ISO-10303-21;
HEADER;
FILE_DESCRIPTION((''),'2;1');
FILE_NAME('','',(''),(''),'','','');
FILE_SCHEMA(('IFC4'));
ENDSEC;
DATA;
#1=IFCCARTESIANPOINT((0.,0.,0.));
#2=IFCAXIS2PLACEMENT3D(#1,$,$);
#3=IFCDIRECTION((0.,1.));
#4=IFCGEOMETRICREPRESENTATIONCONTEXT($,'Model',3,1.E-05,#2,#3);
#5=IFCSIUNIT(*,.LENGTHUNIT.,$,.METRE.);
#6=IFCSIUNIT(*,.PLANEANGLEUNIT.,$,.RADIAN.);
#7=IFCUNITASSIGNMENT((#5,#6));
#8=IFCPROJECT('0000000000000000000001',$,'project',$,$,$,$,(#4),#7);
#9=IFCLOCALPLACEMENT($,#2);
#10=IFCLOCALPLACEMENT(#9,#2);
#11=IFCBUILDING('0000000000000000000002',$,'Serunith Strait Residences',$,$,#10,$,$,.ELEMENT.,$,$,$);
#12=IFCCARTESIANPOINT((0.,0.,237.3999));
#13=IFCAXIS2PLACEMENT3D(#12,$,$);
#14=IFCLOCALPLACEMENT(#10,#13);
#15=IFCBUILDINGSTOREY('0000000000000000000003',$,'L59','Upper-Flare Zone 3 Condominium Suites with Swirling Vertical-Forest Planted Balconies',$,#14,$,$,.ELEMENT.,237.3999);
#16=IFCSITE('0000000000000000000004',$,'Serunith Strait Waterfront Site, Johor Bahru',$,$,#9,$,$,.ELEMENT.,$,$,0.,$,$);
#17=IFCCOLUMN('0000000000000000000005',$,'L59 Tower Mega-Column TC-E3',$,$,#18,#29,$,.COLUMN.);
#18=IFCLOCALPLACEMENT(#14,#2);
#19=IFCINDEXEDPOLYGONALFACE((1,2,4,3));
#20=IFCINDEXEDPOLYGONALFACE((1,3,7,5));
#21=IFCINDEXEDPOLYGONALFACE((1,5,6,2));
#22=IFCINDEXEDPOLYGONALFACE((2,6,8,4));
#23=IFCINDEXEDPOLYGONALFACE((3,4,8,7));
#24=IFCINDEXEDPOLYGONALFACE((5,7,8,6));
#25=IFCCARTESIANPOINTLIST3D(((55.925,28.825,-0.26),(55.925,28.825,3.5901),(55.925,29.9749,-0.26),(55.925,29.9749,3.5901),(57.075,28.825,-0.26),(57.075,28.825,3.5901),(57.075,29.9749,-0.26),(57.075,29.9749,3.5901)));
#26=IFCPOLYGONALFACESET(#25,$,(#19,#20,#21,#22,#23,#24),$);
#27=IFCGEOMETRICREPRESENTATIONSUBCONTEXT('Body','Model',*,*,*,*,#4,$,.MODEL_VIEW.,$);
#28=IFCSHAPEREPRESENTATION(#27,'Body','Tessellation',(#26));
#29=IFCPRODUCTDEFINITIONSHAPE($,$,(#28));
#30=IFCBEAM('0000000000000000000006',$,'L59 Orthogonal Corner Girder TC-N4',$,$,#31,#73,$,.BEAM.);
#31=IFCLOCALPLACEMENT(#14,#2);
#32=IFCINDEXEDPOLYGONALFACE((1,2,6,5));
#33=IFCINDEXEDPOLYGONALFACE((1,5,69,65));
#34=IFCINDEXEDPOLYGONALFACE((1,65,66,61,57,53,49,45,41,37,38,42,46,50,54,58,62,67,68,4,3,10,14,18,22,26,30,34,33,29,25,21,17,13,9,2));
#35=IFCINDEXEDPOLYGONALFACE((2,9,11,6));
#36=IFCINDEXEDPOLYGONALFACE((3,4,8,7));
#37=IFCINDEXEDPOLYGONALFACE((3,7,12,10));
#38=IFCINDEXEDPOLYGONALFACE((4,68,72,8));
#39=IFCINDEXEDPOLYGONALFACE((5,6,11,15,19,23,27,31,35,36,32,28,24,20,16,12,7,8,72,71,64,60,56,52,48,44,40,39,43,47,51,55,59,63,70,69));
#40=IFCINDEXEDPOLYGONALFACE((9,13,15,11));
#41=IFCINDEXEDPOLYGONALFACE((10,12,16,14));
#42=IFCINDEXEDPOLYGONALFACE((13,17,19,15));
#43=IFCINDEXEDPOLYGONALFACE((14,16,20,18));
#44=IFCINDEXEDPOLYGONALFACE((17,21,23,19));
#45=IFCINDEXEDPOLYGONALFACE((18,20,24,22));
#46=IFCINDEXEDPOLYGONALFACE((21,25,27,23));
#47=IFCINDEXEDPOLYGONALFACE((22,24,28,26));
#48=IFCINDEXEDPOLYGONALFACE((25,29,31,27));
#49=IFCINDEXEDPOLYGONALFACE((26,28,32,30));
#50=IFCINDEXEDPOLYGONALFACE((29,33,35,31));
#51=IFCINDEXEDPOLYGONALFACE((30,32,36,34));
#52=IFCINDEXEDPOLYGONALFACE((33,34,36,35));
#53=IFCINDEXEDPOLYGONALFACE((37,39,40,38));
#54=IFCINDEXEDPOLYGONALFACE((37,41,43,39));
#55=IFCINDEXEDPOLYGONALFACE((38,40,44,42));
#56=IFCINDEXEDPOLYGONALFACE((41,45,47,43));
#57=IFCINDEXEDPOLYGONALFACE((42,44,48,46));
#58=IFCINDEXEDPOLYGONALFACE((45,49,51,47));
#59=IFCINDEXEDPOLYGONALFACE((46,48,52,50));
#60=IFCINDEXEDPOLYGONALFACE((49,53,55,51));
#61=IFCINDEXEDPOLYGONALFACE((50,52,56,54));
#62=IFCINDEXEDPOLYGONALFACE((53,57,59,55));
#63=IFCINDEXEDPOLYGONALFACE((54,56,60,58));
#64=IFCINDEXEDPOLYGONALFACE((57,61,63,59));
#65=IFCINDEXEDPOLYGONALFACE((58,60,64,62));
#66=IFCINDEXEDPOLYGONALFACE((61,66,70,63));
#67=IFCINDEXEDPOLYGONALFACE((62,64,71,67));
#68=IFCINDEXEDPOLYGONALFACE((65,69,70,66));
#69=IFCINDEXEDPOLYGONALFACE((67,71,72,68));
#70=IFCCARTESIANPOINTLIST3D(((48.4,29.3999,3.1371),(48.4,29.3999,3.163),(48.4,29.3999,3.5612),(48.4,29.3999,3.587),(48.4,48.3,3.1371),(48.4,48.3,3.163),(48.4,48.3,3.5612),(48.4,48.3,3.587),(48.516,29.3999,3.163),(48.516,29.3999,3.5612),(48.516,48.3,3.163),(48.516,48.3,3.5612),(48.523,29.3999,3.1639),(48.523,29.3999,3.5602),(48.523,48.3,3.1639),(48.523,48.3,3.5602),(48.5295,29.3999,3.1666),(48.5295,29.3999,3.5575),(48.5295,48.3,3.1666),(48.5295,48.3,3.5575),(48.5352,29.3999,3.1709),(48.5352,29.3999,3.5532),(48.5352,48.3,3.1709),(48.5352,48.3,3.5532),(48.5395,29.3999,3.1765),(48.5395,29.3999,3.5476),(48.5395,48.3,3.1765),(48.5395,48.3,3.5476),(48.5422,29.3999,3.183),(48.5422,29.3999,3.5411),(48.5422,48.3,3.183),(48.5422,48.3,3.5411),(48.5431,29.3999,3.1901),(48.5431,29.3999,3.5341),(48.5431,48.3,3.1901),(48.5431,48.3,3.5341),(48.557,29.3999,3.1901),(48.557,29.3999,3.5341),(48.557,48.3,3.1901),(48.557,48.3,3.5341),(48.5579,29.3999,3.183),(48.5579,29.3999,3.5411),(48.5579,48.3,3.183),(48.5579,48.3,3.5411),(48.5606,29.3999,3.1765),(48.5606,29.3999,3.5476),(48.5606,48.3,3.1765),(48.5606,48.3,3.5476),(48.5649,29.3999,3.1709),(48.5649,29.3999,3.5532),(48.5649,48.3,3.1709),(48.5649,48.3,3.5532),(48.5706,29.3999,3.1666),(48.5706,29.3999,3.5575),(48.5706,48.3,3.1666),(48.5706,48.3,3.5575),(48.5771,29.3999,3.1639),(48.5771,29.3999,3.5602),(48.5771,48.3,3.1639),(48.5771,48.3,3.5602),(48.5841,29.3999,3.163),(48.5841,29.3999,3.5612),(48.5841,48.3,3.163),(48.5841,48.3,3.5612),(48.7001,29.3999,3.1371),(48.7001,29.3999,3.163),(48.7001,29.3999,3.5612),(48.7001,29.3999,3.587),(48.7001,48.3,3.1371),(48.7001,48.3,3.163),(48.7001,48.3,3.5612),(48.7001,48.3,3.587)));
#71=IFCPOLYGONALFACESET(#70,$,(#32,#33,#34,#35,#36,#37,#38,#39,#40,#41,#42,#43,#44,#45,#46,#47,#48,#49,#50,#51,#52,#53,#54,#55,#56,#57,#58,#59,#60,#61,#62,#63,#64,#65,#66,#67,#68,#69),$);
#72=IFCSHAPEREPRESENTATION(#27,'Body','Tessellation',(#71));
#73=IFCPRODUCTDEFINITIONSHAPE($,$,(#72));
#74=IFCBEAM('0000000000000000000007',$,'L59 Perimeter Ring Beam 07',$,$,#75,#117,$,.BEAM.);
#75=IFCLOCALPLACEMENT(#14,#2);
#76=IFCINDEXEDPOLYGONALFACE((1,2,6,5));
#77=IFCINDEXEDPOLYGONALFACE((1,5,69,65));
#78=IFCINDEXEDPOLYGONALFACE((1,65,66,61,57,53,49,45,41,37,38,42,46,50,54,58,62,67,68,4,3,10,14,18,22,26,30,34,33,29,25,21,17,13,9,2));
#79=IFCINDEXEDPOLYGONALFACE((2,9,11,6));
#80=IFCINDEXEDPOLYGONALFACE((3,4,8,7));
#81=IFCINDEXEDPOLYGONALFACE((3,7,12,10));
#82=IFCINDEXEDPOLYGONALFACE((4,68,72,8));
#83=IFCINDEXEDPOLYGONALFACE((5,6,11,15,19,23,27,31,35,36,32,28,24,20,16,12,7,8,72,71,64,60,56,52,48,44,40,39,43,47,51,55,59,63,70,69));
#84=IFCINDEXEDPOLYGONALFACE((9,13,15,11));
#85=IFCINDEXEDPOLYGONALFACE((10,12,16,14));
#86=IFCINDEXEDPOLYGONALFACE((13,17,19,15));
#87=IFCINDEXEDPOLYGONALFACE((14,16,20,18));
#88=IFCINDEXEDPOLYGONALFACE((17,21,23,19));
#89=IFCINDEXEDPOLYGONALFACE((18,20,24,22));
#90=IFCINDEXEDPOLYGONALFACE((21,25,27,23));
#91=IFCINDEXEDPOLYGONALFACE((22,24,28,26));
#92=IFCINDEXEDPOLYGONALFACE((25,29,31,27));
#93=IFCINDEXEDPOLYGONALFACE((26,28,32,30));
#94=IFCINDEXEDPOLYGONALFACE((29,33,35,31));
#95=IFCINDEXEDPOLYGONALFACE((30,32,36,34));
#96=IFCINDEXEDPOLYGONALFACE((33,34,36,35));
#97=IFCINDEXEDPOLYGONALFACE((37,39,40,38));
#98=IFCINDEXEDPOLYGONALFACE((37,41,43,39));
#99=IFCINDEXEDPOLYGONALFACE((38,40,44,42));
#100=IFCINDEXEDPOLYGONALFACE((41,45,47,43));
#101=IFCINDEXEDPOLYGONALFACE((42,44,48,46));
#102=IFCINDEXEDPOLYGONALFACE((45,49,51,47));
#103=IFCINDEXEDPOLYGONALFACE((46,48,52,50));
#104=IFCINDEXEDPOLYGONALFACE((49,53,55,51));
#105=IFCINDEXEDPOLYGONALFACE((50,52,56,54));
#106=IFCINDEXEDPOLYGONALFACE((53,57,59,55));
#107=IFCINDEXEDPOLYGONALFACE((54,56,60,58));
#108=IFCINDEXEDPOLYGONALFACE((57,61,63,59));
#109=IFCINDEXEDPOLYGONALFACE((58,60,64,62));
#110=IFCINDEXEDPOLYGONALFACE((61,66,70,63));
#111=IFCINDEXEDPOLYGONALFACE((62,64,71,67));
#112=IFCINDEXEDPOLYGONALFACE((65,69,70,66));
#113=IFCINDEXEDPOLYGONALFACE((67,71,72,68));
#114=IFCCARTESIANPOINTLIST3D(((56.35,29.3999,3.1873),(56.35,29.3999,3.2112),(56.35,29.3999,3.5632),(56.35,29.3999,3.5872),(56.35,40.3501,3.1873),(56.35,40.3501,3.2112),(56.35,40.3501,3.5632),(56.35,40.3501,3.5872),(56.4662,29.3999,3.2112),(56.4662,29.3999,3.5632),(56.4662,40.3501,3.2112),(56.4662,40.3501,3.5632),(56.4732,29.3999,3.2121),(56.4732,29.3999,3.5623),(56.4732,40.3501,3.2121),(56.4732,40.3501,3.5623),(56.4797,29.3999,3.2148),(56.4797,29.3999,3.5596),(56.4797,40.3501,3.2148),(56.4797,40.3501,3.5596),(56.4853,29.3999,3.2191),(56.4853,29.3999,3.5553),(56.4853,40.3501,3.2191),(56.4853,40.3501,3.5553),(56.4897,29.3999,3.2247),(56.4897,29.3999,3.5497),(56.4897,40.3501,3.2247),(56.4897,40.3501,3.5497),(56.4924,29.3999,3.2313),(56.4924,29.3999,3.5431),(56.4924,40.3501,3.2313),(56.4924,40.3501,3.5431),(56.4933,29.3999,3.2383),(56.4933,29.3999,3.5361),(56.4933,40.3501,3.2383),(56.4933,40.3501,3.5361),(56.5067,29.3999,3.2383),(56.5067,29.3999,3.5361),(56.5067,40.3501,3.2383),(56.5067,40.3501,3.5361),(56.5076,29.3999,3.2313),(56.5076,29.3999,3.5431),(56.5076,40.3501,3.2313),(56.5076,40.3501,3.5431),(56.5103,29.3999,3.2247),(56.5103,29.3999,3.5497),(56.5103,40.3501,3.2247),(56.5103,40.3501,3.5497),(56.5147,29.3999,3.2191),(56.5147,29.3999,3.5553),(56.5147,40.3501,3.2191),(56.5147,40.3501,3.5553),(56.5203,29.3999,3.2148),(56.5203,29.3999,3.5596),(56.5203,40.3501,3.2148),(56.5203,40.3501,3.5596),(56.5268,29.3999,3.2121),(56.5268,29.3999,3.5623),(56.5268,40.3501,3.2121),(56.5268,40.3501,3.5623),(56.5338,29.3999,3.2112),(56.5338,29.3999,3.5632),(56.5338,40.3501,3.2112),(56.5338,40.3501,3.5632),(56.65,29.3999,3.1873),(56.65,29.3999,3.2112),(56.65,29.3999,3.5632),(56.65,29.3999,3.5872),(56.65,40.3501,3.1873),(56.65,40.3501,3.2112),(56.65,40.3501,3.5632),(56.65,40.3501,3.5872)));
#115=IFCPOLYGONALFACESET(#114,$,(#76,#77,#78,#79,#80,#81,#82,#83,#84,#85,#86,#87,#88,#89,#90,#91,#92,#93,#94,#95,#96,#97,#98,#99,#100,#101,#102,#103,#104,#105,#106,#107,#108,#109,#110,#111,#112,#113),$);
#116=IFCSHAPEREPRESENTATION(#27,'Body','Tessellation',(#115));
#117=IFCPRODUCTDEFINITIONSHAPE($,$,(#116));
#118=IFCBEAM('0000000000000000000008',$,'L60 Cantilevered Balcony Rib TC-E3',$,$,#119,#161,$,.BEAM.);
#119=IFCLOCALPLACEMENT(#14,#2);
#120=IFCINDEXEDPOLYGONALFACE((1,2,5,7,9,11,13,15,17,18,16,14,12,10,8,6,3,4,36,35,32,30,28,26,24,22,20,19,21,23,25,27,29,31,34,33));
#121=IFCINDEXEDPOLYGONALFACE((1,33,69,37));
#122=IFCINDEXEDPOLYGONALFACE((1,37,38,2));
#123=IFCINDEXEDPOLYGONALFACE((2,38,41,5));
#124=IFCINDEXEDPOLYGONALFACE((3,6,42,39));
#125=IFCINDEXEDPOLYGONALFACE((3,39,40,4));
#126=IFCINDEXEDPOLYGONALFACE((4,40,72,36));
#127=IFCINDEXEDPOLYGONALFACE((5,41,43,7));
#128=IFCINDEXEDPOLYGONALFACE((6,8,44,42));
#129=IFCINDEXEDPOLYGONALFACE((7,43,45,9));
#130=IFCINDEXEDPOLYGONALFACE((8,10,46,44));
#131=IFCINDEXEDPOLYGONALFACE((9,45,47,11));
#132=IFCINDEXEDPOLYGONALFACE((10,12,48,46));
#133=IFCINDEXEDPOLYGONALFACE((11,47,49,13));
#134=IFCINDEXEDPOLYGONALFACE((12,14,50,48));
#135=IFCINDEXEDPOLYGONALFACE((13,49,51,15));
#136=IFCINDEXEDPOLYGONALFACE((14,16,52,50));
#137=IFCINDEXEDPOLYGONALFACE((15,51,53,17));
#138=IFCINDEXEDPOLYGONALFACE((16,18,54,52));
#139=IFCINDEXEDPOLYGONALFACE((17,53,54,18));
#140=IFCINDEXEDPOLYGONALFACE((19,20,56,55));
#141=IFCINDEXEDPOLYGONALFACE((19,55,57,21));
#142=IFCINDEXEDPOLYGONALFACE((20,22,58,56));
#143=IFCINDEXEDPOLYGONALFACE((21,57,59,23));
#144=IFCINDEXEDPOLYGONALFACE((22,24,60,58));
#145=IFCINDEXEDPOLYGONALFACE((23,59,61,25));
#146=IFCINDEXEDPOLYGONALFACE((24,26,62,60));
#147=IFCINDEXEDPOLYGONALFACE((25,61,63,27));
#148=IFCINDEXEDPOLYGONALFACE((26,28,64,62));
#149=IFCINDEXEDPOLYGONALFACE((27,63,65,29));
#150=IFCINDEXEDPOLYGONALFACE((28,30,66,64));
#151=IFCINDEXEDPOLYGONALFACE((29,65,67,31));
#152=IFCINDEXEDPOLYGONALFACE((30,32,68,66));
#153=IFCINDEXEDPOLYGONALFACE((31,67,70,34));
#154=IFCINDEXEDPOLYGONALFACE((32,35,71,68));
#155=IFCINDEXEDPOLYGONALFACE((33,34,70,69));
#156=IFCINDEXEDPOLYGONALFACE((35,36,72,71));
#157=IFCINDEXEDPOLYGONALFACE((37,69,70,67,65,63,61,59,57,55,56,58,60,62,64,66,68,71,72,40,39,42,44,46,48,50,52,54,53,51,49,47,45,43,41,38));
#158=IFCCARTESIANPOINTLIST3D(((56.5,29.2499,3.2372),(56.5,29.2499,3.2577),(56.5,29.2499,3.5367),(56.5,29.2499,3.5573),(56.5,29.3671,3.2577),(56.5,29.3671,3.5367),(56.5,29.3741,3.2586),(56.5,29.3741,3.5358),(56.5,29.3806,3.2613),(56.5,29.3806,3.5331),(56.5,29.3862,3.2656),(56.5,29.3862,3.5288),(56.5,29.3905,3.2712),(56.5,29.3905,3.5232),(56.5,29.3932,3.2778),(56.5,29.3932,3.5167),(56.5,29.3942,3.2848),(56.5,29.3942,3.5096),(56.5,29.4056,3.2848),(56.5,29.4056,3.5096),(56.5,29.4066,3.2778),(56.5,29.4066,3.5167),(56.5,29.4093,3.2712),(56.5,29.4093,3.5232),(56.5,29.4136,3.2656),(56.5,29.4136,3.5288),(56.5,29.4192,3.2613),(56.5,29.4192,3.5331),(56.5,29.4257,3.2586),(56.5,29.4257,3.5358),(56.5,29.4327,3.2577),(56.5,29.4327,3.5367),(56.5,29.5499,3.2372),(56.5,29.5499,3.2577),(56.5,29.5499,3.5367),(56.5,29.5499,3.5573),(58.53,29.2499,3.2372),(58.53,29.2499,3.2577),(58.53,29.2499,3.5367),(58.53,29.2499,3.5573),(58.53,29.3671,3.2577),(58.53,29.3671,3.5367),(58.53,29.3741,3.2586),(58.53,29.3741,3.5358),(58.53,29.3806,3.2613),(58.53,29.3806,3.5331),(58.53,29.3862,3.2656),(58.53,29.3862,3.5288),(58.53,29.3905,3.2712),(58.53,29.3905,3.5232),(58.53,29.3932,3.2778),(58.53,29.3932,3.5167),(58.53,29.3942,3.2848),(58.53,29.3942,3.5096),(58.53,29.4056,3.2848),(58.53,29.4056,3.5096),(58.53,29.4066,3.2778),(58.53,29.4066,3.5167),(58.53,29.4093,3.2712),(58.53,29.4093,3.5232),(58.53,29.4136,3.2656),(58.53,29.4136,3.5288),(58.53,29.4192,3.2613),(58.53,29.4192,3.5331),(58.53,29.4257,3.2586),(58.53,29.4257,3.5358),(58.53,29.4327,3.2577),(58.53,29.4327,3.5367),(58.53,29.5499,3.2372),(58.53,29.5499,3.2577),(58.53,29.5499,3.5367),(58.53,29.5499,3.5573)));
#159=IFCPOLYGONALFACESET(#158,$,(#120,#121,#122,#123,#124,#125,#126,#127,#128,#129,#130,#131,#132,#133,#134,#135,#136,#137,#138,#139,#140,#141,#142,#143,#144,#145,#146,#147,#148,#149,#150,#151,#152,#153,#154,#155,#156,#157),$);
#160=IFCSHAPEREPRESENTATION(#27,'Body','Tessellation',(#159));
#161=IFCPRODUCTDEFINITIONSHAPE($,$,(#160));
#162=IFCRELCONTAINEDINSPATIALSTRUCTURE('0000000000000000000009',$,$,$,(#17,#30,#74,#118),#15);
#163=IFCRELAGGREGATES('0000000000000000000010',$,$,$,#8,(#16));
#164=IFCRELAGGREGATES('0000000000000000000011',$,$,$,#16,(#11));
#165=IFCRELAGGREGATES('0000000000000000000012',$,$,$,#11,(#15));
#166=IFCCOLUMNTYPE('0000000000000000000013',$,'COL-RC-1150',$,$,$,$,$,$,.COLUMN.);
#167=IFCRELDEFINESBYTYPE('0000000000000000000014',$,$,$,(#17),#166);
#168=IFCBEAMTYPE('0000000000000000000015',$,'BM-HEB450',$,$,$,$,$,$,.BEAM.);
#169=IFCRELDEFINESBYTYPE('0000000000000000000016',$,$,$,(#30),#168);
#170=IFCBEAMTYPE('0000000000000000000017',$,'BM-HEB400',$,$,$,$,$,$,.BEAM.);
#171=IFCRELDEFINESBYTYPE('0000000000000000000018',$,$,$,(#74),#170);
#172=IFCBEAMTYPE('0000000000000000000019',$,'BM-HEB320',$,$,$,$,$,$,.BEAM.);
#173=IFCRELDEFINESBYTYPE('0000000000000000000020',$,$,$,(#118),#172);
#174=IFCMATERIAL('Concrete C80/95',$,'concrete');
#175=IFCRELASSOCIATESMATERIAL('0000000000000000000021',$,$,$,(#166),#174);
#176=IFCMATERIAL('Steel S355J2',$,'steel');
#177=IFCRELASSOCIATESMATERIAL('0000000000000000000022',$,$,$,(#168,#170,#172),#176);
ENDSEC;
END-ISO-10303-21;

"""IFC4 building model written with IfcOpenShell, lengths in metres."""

from ifc_helpers import new_model, si_unit, direction, frame, origin, origin_2d, place, context, subcontext, project, spatial, rectangle, i_section, extrude, source, transform, mapped, material, material_profile, profile_set, type_object, element, save


model = new_model("IFC4")

# Units and contexts
model_context = context("Model", 3, precision=1e-05, world=origin(), true_north=direction((0.0, 1.0)))
body_context = subcontext(model_context, "Body", "Model", "MODEL_VIEW")
ifc_project = project(units=[si_unit("LENGTHUNIT", "METRE"), si_unit("PLANEANGLEUNIT", "RADIAN")], contexts=[model_context])

# Site, building, storey
site_placement = place(None, origin())
site = spatial("IfcSite", under=ifc_project, at=site_placement, Name="Serunith Strait Waterfront Site, Johor Bahru", CompositionType="ELEMENT", RefElevation=0.0)
building_placement = place(site_placement, origin())
building = spatial("IfcBuilding", under=site, at=building_placement, Name="Serunith Strait Residences", CompositionType="ELEMENT")
storey_placement = place(building_placement, frame((0.0, 0.0, 237.3999)))
storey = spatial("IfcBuildingStorey", under=building, at=storey_placement, Name="L59", Description="Upper-Flare Zone 3 Condominium Suites with Swirling Vertical-Forest Planted Balconies", CompositionType="ELEMENT", Elevation=237.3999)

# Column
ifc_material_1 = material(Name="Concrete C80/95", Category="concrete")
ifc_material_profile_1 = material_profile(ifc_material_1, rectangle(XDim=1.1499, YDim=1.1499, at=origin_2d()), Name="RC 1150x1150")
ifc_profile_set_1 = profile_set([ifc_material_profile_1], Name="Concrete C80/95")
column_type = type_object("IfcColumnType", Name="COL-RC-1150", PredefinedType="COLUMN", material=ifc_profile_set_1)
shared_shape_1 = source(origin(), body_context, "Body", "SweptSolid", [
    extrude(rectangle(XDim=1.1499, YDim=1.1499, at=origin_2d()), origin(), (0.0, 0.0, 1.0), 3.8501),
])
column_placement = place(storey_placement, frame((56.5, 29.3999, -0.26), z_axis=(0.0, 0.0, 1.0), x_axis=(1.0, 0.0, 0.0)))
element("IfcColumn", 1, at=column_placement, inside=storey, type_object=column_type, Name="L59 Tower Mega-Column TC-E3", PredefinedType="COLUMN", context=body_context, shape_type="MappedRepresentation", body=[
    mapped(shared_shape_1, transform((0.0, 0.0, 0.0), scale=1.0)),
])

# Beams
ifc_material_2 = material(Name="Steel S355J2", Category="steel")
ifc_material_profile_2 = material_profile(ifc_material_2, i_section(OverallWidth=0.3, OverallDepth=0.45, WebThickness=0.0139, FlangeThickness=0.0259, FilletRadius=0.0271, at=origin_2d()), Name="HEB 450")
ifc_profile_set_2 = profile_set([ifc_material_profile_2], Name="Steel S355J2")
beam_type_1 = type_object("IfcBeamType", Name="BM-HEB450", PredefinedType="BEAM", material=ifc_profile_set_2)
shared_shape_2 = source(origin(), body_context, "Body", "SweptSolid", [
    extrude(i_section(OverallWidth=0.3, OverallDepth=0.45, WebThickness=0.0139, FlangeThickness=0.0259, FilletRadius=0.0271, at=origin_2d()), origin(), (0.0, 0.0, 1.0), 18.9001),
])
beam_1_placement = place(storey_placement, frame((48.55, 29.3999, 3.3621), z_axis=(0.0, 1.0, 0.0), x_axis=(-1.0, 0.0, 0.0)))
element("IfcBeam", 2, at=beam_1_placement, inside=storey, type_object=beam_type_1, Name="L59 Orthogonal Corner Girder TC-N4", PredefinedType="BEAM", context=body_context, shape_type="MappedRepresentation", body=[
    mapped(shared_shape_2, transform((0.0, 0.0, 0.0), scale=1.0)),
])
ifc_material_profile_3 = material_profile(ifc_material_2, i_section(OverallWidth=0.3, OverallDepth=0.3999, WebThickness=0.0134, FlangeThickness=0.0239, FilletRadius=0.0271, at=origin_2d()), Name="HEB 400")
ifc_profile_set_3 = profile_set([ifc_material_profile_3], Name="Steel S355J2")
beam_type_2 = type_object("IfcBeamType", Name="BM-HEB400", PredefinedType="BEAM", material=ifc_profile_set_3)
shared_shape_3 = source(origin(), body_context, "Body", "SweptSolid", [
    extrude(i_section(OverallWidth=0.3, OverallDepth=0.3999, WebThickness=0.0134, FlangeThickness=0.0239, FilletRadius=0.0271, at=origin_2d()), origin(), (0.0, 0.0, 1.0), 10.9502),
])
beam_2_placement = place(storey_placement, frame((56.5, 29.3999, 3.3872), z_axis=(0.0, 1.0, 0.0), x_axis=(-1.0, 0.0, 0.0)))
element("IfcBeam", 3, at=beam_2_placement, inside=storey, type_object=beam_type_2, Name="L59 Perimeter Ring Beam 07", PredefinedType="BEAM", context=body_context, shape_type="MappedRepresentation", body=[
    mapped(shared_shape_3, transform((0.0, 0.0, 0.0), scale=1.0)),
])
ifc_material_profile_4 = material_profile(ifc_material_2, i_section(OverallWidth=0.3, OverallDepth=0.3201, WebThickness=0.0115, FlangeThickness=0.0205, FilletRadius=0.0271, at=origin_2d()), Name="HEB 320")
ifc_profile_set_4 = profile_set([ifc_material_profile_4], Name="Steel S355J2")
beam_type_3 = type_object("IfcBeamType", Name="BM-HEB320", PredefinedType="BEAM", material=ifc_profile_set_4)
shared_shape_4 = source(origin(), body_context, "Body", "SweptSolid", [
    extrude(i_section(OverallWidth=0.3, OverallDepth=0.3201, WebThickness=0.0115, FlangeThickness=0.0205, FilletRadius=0.0271, at=origin_2d()), origin(), (0.0, 0.0, 1.0), 2.03),
])
beam_3_placement = place(storey_placement, frame((56.5, 29.3999, 3.3972), z_axis=(1.0, 0.0, 0.0), x_axis=(0.0, 1.0, 0.0)))
element("IfcBeam", 4, at=beam_3_placement, inside=storey, type_object=beam_type_3, Name="L60 Cantilevered Balcony Rib TC-E3", PredefinedType="BEAM", context=body_context, shape_type="MappedRepresentation", body=[
    mapped(shared_shape_4, transform((0.0, 0.0, 0.0), scale=1.0)),
])

save(model, "model.ifc")
